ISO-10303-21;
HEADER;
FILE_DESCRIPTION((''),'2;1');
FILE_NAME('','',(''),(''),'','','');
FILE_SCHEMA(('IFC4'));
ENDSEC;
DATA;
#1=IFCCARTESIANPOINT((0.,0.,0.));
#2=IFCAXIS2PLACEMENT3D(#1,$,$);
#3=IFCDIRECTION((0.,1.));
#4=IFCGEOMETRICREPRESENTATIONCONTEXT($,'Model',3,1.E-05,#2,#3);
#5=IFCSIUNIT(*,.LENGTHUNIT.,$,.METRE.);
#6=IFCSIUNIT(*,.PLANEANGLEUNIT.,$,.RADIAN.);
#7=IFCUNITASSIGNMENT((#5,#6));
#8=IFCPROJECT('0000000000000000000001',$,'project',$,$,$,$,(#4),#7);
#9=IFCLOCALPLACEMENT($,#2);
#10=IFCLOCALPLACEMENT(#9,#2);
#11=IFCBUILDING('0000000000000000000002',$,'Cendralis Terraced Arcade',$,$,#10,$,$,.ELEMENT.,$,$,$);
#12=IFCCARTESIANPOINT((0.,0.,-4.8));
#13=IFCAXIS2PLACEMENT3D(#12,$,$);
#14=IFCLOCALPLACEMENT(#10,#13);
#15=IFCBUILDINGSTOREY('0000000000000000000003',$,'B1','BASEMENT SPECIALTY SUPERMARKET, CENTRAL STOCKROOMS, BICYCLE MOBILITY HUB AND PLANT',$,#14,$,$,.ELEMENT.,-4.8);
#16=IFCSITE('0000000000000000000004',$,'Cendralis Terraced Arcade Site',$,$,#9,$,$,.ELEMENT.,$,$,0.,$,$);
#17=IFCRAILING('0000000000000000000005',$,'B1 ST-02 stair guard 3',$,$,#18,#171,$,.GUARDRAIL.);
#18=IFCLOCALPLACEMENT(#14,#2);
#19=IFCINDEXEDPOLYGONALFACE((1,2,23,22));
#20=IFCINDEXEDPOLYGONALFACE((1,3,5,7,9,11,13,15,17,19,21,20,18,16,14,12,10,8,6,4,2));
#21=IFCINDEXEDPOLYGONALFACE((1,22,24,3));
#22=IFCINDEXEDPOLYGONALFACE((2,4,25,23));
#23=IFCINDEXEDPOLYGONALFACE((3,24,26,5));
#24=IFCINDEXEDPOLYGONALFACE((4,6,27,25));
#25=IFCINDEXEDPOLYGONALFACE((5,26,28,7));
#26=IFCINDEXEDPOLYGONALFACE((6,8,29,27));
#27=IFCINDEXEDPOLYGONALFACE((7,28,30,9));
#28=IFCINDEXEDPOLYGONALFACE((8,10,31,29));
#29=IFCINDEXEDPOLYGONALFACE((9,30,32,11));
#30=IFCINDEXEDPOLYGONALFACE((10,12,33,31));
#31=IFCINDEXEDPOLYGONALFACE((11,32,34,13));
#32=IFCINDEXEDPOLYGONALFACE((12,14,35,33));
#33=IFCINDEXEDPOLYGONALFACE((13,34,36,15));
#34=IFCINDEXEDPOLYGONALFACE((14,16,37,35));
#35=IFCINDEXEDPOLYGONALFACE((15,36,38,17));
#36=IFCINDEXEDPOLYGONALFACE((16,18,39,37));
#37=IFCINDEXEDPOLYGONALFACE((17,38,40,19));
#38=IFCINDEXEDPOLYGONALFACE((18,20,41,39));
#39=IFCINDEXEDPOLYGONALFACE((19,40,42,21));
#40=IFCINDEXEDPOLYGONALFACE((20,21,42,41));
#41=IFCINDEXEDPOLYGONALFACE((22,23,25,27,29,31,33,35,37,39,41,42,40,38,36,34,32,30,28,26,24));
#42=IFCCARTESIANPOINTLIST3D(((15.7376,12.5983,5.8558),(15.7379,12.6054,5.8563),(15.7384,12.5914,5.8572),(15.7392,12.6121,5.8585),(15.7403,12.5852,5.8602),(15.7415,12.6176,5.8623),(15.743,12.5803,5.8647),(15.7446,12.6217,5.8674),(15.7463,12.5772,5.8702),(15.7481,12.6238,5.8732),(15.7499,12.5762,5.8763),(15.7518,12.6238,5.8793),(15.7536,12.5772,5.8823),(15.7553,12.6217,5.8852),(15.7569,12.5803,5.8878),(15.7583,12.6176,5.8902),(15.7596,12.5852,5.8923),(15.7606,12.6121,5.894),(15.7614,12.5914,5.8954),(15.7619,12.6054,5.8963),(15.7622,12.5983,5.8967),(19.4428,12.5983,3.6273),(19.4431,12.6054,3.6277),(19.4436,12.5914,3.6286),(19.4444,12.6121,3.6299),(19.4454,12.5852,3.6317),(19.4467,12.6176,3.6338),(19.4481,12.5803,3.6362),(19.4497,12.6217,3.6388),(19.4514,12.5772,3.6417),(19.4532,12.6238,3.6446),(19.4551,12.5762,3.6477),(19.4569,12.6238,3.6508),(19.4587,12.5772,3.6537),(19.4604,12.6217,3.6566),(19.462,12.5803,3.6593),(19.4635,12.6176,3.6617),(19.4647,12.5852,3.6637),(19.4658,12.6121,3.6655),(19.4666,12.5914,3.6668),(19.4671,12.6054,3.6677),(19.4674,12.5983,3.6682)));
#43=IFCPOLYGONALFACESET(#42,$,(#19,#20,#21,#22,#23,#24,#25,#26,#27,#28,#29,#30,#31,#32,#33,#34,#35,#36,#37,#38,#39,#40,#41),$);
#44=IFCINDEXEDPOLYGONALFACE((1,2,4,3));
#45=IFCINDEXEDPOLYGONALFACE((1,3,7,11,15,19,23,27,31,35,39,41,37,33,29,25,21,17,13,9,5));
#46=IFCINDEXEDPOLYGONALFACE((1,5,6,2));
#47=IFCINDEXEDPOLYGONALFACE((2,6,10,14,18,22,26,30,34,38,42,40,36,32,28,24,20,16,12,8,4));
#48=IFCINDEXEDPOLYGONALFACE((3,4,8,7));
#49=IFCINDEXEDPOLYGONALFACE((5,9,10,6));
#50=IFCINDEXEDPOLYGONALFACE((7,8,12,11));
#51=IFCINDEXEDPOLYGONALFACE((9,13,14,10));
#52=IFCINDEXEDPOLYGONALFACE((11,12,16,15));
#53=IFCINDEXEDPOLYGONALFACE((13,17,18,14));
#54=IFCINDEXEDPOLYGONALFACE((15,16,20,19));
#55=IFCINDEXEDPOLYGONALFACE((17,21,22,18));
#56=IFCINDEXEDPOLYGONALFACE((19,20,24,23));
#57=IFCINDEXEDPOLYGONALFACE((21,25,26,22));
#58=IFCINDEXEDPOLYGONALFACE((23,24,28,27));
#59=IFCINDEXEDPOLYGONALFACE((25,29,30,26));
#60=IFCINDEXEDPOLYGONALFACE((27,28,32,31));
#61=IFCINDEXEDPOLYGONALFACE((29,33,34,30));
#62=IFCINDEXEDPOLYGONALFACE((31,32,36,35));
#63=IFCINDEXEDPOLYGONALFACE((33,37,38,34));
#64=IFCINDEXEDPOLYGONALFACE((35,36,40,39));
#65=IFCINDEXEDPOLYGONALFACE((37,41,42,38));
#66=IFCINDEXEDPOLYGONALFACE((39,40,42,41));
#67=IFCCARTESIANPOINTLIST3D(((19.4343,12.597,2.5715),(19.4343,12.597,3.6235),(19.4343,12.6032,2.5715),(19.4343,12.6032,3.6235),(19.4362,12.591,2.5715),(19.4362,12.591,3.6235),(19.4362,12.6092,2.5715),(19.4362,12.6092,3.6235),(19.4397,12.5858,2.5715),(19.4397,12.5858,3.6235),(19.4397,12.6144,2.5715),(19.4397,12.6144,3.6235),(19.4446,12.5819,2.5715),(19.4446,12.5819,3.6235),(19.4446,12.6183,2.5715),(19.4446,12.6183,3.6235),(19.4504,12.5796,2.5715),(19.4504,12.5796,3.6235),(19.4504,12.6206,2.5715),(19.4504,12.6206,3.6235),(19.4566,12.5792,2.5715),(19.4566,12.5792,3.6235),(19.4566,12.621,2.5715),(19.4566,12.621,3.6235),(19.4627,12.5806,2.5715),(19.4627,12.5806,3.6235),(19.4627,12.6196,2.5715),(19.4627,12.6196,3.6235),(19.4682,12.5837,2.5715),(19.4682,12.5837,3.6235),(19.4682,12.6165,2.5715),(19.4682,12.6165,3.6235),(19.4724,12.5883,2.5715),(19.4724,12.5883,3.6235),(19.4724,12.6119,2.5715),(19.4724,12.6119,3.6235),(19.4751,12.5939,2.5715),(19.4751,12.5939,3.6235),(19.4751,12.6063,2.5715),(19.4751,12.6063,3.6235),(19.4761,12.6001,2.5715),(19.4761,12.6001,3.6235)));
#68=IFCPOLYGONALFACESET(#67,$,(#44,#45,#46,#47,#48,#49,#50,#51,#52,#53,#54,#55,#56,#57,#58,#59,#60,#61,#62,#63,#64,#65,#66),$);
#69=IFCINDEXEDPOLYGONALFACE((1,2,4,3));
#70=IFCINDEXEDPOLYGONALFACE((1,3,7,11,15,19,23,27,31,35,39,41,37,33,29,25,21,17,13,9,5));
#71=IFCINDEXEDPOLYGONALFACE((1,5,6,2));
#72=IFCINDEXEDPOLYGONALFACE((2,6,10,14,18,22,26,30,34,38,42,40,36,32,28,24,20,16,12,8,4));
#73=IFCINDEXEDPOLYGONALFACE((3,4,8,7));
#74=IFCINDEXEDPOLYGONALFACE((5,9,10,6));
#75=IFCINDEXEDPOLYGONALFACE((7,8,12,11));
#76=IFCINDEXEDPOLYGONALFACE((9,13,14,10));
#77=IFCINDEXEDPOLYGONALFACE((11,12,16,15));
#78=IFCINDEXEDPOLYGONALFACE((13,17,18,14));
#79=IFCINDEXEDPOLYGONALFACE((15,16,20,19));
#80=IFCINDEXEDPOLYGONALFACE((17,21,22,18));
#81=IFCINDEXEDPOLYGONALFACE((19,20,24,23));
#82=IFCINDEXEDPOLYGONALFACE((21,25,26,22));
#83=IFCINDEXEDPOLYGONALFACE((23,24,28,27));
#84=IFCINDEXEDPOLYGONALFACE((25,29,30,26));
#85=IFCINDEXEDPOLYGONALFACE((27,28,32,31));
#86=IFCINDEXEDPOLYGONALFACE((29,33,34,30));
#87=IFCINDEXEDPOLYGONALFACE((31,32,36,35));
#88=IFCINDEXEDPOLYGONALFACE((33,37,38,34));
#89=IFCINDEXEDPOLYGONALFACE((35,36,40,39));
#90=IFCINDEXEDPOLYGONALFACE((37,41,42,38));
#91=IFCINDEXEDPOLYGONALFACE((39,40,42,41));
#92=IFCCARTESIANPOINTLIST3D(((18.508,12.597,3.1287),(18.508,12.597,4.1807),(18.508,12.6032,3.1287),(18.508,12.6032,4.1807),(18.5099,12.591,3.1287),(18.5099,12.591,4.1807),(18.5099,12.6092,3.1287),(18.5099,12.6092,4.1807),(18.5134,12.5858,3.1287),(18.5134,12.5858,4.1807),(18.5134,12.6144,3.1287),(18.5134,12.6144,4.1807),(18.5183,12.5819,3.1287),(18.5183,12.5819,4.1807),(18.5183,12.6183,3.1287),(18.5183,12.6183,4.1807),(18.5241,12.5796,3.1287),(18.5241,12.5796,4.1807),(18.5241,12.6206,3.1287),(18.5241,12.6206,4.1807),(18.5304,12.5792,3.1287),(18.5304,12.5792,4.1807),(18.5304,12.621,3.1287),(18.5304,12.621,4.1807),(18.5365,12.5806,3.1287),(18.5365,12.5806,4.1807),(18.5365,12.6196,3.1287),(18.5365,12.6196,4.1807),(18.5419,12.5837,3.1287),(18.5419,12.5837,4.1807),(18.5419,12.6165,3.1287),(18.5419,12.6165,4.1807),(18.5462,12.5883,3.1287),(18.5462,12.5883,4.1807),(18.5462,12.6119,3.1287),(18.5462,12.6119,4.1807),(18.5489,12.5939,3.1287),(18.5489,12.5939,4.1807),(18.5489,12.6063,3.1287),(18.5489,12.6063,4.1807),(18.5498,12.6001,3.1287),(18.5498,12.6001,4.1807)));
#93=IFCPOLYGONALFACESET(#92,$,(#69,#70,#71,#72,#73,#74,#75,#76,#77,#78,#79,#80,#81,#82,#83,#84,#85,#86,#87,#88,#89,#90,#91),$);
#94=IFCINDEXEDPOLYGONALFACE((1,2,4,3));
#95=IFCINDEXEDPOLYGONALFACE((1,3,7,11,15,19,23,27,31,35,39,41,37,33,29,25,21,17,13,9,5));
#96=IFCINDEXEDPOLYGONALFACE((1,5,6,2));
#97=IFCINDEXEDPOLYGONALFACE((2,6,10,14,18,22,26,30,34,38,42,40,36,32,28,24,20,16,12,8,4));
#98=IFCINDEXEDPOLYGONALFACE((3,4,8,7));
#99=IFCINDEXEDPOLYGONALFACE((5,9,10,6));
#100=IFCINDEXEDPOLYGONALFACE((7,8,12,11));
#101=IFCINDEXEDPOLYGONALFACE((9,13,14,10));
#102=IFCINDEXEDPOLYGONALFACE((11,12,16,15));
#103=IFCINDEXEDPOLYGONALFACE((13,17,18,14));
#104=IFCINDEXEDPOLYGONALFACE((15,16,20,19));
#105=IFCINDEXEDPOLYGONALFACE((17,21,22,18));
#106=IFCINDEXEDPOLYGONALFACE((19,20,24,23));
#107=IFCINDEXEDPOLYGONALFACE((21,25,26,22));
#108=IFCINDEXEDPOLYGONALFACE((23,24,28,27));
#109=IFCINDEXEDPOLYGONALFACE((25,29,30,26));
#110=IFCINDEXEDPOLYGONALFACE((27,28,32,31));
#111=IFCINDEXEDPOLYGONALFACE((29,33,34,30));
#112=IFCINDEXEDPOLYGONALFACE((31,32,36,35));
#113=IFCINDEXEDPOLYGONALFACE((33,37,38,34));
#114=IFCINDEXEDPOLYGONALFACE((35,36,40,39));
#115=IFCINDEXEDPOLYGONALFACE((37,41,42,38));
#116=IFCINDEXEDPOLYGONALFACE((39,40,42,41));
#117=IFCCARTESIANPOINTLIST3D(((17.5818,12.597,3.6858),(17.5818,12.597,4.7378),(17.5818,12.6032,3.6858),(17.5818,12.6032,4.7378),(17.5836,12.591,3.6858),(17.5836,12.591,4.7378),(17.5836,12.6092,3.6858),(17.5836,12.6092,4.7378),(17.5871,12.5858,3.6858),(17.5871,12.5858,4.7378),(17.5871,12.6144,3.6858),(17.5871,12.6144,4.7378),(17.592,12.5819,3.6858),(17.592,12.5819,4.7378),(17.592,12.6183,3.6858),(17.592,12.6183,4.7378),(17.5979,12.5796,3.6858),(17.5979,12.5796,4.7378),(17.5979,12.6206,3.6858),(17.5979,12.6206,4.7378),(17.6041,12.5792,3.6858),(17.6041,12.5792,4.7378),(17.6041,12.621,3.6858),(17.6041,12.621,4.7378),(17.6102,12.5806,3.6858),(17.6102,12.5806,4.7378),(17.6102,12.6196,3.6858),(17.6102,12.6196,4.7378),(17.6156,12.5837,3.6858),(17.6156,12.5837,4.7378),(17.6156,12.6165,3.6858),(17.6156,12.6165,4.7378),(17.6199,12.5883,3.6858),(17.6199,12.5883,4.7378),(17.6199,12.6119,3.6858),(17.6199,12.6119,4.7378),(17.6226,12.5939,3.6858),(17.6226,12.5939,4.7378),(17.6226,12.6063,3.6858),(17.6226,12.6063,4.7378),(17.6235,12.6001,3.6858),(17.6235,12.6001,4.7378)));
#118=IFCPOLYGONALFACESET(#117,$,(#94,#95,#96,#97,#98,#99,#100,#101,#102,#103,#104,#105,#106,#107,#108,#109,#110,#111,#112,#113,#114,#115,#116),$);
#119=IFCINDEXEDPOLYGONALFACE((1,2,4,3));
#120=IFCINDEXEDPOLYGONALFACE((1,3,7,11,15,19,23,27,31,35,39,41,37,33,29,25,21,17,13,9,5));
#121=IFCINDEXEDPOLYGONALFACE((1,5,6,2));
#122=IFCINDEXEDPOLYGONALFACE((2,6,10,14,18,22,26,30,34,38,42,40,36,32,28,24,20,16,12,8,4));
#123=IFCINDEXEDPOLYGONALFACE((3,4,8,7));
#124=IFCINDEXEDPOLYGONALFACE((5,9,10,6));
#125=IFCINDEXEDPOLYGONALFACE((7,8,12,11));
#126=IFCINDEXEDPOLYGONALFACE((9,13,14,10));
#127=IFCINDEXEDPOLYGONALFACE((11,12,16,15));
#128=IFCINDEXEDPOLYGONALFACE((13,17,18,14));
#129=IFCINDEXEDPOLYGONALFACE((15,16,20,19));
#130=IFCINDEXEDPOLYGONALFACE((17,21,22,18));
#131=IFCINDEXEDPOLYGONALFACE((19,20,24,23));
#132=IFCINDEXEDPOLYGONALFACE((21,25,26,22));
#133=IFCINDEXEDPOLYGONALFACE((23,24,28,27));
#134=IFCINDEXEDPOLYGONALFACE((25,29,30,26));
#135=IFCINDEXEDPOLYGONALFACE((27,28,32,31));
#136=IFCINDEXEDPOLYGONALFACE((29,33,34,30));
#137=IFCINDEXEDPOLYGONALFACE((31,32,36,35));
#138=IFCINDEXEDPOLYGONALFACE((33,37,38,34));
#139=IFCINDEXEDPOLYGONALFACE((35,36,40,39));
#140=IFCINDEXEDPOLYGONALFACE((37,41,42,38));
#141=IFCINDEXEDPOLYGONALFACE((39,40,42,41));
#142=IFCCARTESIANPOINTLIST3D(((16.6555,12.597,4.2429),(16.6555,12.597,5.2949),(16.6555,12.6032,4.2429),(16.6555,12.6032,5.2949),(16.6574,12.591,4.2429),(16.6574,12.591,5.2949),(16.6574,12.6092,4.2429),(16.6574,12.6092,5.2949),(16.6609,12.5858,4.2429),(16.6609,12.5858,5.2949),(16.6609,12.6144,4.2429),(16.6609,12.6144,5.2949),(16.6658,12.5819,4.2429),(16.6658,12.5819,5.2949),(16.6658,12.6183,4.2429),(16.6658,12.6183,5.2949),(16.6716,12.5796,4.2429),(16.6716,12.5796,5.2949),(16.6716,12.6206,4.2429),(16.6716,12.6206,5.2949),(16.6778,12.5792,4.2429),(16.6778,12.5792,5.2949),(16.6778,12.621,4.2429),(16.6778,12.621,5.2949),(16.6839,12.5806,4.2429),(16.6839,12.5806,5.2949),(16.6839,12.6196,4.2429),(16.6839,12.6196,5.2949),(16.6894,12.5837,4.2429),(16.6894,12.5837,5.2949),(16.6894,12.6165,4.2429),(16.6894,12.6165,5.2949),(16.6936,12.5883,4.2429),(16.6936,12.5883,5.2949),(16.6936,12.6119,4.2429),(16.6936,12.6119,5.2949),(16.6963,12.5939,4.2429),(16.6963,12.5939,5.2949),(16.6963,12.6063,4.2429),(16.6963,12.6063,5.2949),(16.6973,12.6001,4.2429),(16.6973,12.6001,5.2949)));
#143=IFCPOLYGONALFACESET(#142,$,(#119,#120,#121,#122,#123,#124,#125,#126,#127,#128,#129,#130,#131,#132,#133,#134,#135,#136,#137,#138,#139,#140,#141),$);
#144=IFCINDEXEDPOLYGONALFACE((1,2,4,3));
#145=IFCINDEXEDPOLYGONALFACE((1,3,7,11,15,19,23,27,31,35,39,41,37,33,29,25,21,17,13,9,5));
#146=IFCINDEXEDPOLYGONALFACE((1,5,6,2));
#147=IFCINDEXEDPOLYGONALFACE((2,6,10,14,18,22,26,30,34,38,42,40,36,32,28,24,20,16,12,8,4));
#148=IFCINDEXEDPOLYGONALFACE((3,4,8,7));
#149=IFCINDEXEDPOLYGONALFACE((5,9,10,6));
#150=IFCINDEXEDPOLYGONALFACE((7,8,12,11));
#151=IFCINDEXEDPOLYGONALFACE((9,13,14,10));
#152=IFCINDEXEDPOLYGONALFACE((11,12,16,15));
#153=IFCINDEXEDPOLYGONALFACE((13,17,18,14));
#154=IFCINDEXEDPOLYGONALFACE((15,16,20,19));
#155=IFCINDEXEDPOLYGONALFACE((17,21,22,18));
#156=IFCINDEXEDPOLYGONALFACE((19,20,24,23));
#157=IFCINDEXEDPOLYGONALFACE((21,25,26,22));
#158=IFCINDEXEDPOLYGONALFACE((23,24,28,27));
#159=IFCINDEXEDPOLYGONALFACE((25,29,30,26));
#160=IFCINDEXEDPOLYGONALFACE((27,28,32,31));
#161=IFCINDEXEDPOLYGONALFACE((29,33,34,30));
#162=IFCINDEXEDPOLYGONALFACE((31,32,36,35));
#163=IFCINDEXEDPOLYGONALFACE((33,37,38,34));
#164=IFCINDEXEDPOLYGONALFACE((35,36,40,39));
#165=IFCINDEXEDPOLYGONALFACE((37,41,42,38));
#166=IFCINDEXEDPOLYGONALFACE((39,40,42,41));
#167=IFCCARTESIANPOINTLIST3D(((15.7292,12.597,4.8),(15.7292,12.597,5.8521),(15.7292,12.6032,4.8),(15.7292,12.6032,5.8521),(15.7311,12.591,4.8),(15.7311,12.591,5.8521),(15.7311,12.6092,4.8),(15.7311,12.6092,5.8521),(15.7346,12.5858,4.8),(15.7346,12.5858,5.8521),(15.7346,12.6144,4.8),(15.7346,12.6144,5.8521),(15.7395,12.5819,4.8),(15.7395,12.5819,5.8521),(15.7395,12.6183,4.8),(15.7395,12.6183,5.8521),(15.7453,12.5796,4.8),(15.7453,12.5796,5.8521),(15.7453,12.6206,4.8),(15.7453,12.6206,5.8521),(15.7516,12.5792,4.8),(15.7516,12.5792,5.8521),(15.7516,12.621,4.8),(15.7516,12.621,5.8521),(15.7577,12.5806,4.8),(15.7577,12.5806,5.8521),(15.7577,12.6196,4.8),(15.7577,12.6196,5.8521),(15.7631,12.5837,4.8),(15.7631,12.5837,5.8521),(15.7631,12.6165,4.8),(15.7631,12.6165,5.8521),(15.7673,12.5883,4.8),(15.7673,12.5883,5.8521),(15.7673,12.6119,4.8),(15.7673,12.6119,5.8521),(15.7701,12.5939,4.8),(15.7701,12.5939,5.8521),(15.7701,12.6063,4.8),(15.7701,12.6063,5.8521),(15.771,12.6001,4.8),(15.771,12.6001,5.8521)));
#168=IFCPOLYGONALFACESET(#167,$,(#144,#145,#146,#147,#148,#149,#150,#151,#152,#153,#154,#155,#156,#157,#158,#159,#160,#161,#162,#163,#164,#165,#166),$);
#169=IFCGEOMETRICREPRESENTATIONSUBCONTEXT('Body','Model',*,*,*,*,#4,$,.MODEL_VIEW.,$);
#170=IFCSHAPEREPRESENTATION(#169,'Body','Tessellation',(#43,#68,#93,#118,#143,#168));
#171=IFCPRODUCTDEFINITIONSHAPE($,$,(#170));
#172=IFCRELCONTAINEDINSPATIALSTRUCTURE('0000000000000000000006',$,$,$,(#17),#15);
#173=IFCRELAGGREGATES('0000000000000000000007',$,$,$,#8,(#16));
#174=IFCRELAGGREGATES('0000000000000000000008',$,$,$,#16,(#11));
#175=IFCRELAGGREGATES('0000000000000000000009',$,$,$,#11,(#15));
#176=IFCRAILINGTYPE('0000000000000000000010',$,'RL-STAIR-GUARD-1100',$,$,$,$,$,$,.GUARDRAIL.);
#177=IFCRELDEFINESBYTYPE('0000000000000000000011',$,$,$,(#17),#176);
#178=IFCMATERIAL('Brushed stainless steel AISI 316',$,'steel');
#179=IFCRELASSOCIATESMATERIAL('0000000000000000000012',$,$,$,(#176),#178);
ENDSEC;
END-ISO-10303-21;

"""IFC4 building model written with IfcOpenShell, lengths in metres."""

from ifc_helpers import new_model, si_unit, direction, frame, origin, origin_2d, place, context, subcontext, project, spatial, circle, extrude, material, type_object, element, save


model = new_model("IFC4")

# Units and contexts
model_context = context("Model", 3, precision=1e-05, world=origin(), true_north=direction((0.0, 1.0)))
body_context = subcontext(model_context, "Body", "Model", "MODEL_VIEW")
ifc_project = project(units=[si_unit("LENGTHUNIT", "METRE"), si_unit("PLANEANGLEUNIT", "RADIAN")], contexts=[model_context])

# Site, building, storey
site_placement = place(None, origin())
site = spatial("IfcSite", under=ifc_project, at=site_placement, Name="Cendralis Terraced Arcade Site", CompositionType="ELEMENT", RefElevation=0.0)
building_placement = place(site_placement, origin())
building = spatial("IfcBuilding", under=site, at=building_placement, Name="Cendralis Terraced Arcade", CompositionType="ELEMENT")
storey_placement = place(building_placement, frame((0.0, 0.0, -4.8)))
storey = spatial("IfcBuildingStorey", under=building, at=storey_placement, Name="B1", Description="BASEMENT SPECIALTY SUPERMARKET, CENTRAL STOCKROOMS, BICYCLE MOBILITY HUB AND PLANT", CompositionType="ELEMENT", Elevation=-4.8)

# Railing
ifc_material_1 = material(Name="Brushed stainless steel AISI 316", Category="steel")
railing_type = type_object("IfcRailingType", Name="RL-STAIR-GUARD-1100", PredefinedType="GUARDRAIL", material=ifc_material_1)
railing_1_placement = place(storey_placement, frame((19.4551, 12.6001, 2.5715)))
element("IfcRailing", 1, at=railing_1_placement, inside=storey, type_object=railing_type, Name="B1 ST-02 stair guard 3", PredefinedType="GUARDRAIL", context=body_context, shape_type="SweptSolid", body=[
    extrude(circle(Radius=0.0239, at=origin_2d()), frame((0.0, 0.0, 1.0762), z_axis=(-0.856934, 0.0, 0.515425), x_axis=(0.0, -1.0, 0.0)), (0.0, 0.0, 1.0), 4.3237),
    extrude(circle(Radius=0.021, at=origin_2d()), origin(), (0.0, 0.0, 1.0), 1.052),
    extrude(circle(Radius=0.021, at=origin_2d()), frame((-0.9263, 0.0, 0.5571)), (0.0, 0.0, 1.0), 1.052),
    extrude(circle(Radius=0.021, at=origin_2d()), frame((-1.8525, 0.0, 1.1143)), (0.0, 0.0, 1.0), 1.052),
    extrude(circle(Radius=0.021, at=origin_2d()), frame((-2.7788, 0.0, 1.6714)), (0.0, 0.0, 1.0), 1.052),
    extrude(circle(Radius=0.021, at=origin_2d()), frame((-3.7051, 0.0, 2.2285)), (0.0, 0.0, 1.0), 1.052),
])

save(model, "model.ifc")
